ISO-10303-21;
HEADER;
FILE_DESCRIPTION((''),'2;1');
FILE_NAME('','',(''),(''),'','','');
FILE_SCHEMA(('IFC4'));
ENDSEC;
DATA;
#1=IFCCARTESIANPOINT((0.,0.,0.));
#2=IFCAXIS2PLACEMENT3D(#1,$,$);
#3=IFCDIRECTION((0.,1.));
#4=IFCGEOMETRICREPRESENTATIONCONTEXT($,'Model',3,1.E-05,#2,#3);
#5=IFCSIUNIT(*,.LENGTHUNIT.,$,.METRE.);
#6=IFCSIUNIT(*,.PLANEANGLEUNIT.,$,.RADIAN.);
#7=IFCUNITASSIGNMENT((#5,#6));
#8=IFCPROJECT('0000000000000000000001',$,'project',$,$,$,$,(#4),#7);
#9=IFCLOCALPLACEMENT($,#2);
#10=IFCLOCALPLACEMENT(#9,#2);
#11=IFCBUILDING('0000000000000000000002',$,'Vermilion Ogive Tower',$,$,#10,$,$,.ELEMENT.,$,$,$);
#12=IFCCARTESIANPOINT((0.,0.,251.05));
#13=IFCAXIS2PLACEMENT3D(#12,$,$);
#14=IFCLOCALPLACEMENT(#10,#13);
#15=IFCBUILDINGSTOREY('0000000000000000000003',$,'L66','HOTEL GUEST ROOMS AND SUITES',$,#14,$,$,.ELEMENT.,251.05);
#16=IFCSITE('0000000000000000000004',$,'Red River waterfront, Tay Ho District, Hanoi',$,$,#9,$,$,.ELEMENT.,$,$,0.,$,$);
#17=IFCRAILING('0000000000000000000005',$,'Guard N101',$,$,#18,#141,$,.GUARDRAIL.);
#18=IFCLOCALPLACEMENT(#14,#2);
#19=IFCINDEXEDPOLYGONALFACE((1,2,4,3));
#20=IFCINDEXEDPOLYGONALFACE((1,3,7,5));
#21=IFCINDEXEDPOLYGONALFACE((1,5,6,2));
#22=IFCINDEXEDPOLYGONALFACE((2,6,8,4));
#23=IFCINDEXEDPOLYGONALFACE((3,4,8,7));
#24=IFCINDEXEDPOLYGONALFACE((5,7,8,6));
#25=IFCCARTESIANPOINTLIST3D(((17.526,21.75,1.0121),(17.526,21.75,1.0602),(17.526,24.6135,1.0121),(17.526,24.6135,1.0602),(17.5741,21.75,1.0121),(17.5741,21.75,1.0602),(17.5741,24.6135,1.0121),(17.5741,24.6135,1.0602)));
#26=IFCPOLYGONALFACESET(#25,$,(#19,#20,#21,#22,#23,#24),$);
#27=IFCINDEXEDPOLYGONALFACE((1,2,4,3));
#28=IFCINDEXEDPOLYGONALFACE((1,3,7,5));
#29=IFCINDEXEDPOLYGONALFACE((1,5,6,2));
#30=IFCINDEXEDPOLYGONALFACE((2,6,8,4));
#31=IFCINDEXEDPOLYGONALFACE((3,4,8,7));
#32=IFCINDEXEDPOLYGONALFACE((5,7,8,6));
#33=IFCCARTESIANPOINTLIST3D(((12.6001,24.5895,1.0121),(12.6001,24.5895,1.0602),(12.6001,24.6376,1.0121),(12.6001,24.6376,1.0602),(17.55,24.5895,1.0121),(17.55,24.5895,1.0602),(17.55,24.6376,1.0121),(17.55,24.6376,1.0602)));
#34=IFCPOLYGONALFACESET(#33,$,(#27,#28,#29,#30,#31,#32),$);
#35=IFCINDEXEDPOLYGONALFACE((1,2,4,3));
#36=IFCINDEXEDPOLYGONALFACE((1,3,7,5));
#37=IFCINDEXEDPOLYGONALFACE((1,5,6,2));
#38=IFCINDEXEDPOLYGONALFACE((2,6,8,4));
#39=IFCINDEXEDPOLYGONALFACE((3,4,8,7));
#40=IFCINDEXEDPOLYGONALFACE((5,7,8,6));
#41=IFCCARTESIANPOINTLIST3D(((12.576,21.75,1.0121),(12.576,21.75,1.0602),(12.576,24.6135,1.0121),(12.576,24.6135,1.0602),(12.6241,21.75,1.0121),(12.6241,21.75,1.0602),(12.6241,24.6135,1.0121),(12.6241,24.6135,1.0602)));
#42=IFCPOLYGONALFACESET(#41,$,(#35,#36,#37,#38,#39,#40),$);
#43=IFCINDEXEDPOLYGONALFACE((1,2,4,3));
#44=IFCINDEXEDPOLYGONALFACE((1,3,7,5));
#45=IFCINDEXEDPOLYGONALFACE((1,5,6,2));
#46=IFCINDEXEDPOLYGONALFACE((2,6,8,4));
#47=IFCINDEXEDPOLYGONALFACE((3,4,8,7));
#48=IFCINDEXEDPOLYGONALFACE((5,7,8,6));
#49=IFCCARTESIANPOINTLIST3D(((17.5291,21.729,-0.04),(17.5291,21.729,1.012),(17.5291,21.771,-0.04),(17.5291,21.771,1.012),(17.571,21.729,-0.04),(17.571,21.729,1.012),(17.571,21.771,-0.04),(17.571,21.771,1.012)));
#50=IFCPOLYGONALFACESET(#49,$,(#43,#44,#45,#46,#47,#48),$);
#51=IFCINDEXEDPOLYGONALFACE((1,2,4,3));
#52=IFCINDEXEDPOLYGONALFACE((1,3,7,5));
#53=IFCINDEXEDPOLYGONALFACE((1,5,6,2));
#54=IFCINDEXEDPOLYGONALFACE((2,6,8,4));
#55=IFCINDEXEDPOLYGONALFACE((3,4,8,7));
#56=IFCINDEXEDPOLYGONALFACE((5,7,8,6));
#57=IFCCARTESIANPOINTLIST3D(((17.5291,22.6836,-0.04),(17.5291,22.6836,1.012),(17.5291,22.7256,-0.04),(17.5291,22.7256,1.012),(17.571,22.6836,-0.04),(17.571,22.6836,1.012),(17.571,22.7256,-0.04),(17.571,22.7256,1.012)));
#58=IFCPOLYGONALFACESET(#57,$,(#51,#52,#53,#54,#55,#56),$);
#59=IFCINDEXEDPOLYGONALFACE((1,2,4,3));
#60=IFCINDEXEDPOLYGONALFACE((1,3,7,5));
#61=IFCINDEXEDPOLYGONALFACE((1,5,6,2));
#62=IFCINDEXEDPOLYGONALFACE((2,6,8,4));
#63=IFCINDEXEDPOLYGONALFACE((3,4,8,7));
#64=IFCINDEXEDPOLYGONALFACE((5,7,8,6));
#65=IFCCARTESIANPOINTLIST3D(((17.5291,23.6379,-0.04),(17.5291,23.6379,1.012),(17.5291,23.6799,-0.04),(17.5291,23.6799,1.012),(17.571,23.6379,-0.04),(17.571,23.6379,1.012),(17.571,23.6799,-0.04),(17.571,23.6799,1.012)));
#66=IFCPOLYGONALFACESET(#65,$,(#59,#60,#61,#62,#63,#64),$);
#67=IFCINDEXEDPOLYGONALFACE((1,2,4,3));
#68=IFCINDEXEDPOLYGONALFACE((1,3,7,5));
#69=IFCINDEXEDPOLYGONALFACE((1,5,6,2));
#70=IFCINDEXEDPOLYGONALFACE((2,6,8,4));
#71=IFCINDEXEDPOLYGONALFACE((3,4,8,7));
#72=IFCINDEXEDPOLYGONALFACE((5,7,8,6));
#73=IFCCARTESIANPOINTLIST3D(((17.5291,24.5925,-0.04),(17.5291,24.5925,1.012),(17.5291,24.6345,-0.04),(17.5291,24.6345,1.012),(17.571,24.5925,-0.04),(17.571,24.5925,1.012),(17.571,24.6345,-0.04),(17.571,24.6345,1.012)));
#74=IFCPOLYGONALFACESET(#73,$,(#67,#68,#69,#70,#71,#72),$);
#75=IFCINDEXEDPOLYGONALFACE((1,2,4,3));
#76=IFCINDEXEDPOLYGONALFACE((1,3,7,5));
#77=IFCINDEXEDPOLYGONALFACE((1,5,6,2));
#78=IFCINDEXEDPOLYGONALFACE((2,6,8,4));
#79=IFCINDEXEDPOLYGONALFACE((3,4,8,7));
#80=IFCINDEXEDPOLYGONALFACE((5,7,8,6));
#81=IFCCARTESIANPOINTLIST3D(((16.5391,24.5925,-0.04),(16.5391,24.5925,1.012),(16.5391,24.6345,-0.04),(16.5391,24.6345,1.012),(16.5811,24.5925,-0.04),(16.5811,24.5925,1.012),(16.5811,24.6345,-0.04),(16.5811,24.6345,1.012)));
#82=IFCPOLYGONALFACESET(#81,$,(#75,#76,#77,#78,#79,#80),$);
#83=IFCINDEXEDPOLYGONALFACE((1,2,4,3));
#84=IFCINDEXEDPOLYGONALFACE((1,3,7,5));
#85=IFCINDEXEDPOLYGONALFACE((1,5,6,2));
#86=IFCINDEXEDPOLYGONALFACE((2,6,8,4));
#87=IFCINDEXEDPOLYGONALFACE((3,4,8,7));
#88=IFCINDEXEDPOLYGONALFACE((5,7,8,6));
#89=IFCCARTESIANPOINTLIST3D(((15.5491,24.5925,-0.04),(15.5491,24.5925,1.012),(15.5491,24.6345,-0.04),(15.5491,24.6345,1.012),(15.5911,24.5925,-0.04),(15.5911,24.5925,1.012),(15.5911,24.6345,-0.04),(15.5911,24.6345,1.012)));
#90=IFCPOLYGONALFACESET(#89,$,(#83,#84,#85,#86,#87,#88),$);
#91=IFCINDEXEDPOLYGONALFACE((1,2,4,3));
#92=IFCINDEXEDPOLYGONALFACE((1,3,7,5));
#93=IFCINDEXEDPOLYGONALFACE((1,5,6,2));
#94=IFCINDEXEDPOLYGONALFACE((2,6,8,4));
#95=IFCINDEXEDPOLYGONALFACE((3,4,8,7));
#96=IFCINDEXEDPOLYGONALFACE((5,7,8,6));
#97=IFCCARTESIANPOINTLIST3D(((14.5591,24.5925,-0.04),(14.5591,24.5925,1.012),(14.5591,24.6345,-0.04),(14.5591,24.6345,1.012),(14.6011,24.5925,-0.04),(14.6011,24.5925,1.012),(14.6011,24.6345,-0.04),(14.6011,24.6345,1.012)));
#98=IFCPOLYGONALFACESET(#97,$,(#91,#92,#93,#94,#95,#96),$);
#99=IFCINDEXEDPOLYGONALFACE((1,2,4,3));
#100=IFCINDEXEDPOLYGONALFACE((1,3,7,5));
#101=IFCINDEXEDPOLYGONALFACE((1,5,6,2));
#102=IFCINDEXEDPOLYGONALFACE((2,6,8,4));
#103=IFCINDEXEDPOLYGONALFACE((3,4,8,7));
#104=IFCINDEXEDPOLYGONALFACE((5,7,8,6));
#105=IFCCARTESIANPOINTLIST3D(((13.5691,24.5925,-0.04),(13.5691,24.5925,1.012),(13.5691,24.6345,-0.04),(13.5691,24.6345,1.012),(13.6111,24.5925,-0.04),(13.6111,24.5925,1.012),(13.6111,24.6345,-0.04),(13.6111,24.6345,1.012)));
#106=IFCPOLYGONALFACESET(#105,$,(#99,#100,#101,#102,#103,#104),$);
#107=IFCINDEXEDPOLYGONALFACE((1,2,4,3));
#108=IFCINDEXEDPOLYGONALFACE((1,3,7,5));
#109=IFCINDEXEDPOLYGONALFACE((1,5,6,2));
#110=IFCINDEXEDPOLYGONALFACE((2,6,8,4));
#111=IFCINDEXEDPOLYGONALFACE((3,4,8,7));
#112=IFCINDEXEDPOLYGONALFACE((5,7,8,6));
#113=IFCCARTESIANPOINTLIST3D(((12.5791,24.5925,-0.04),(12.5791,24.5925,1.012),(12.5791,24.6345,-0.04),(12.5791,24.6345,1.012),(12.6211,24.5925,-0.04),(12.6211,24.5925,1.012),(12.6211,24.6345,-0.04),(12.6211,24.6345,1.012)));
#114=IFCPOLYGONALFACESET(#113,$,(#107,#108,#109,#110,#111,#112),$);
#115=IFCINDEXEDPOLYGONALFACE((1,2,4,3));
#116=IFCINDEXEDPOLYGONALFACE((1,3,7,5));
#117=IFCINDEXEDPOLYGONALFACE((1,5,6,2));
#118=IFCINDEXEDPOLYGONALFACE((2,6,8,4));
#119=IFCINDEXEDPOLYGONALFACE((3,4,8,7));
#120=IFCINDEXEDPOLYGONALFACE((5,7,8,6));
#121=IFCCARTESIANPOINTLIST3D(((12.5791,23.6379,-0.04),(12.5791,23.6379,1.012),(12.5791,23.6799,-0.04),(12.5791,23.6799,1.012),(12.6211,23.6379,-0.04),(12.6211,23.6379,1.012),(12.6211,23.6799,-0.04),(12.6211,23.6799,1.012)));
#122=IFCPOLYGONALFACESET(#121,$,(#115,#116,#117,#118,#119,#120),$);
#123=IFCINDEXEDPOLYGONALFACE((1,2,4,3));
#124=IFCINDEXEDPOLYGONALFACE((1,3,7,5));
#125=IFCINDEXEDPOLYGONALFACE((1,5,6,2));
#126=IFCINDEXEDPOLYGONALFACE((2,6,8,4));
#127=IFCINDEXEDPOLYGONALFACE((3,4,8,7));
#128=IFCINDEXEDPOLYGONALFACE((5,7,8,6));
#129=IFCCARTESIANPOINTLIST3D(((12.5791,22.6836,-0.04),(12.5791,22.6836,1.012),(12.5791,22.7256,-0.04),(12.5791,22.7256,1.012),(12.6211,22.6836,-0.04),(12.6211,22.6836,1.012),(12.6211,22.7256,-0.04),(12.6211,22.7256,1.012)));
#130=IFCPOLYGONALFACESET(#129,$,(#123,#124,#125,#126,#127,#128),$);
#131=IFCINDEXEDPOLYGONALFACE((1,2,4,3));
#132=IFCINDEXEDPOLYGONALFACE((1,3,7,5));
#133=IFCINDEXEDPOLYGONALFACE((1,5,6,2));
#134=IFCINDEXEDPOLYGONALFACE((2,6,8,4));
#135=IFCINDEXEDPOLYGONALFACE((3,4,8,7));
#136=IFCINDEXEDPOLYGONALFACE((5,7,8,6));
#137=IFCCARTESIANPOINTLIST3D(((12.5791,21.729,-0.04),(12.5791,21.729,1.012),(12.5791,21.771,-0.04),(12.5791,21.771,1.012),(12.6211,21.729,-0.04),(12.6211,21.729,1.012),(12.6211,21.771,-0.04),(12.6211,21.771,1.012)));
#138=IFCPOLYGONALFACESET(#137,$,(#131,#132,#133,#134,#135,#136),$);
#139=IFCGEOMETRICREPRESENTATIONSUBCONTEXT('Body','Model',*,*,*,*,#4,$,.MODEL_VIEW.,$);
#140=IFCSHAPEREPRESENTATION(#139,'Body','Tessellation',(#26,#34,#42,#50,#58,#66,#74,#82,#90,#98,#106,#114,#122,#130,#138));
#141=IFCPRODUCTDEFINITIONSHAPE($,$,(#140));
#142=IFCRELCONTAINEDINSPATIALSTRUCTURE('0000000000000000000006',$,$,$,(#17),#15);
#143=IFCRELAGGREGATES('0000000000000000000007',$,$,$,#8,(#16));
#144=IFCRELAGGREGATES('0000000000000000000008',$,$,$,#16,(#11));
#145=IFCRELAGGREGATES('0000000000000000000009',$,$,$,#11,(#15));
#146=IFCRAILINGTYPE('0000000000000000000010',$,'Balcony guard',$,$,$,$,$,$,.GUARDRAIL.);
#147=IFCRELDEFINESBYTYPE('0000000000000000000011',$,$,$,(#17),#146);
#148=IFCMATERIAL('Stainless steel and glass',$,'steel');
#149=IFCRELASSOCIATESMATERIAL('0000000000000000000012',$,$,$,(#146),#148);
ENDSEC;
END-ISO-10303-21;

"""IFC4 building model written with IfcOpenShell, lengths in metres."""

from ifc_helpers import new_model, si_unit, direction, frame, origin, origin_2d, place, context, subcontext, project, spatial, rectangle, extrude, material, type_object, element, save


model = new_model("IFC4")

# Units and contexts
model_context = context("Model", 3, precision=1e-05, world=origin(), true_north=direction((0.0, 1.0)))
body_context = subcontext(model_context, "Body", "Model", "MODEL_VIEW")
ifc_project = project(units=[si_unit("LENGTHUNIT", "METRE"), si_unit("PLANEANGLEUNIT", "RADIAN")], contexts=[model_context])

# Site, building, storey
site_placement = place(None, origin())
site = spatial("IfcSite", under=ifc_project, at=site_placement, Name="Red River waterfront, Tay Ho District, Hanoi", CompositionType="ELEMENT", RefElevation=0.0)
building_placement = place(site_placement, origin())
building = spatial("IfcBuilding", under=site, at=building_placement, Name="Vermilion Ogive Tower", CompositionType="ELEMENT")
storey_placement = place(building_placement, frame((0.0, 0.0, 251.05)))
storey = spatial("IfcBuildingStorey", under=building, at=storey_placement, Name="L66", Description="HOTEL GUEST ROOMS AND SUITES", CompositionType="ELEMENT", Elevation=251.05)

# Railing
ifc_material_1 = material(Name="Stainless steel and glass", Category="steel")
railing_type_1 = type_object("IfcRailingType", Name="Balcony guard", PredefinedType="GUARDRAIL", material=ifc_material_1)
railing_1_placement = place(storey_placement, frame((17.55, 21.75, -0.04)))
element("IfcRailing", 1, at=railing_1_placement, inside=storey, type_object=railing_type_1, Name="Guard N101", PredefinedType="GUARDRAIL", context=body_context, shape_type="SweptSolid", body=[
    extrude(rectangle(XDim=0.0481, YDim=0.0481, at=origin_2d()), frame((0.0, 0.0, 1.0762), z_axis=(0.0, 1.0, 0.0), x_axis=(-1.0, 0.0, 0.0)), (0.0, 0.0, 1.0), 2.8635),
    extrude(rectangle(XDim=0.0481, YDim=0.0481, at=origin_2d()), frame((0.0, 2.8635, 1.0762), z_axis=(-1.0, 0.0, 0.0), x_axis=(0.0, -1.0, 0.0)), (0.0, 0.0, 1.0), 4.95),
    extrude(rectangle(XDim=0.0481, YDim=0.0481, at=origin_2d()), frame((-4.95, 2.8635, 1.0762), z_axis=(0.0, -1.0, 0.0), x_axis=(1.0, 0.0, 0.0)), (0.0, 0.0, 1.0), 2.8635),
    extrude(rectangle(XDim=0.042, YDim=0.042, at=origin_2d()), origin(), (0.0, 0.0, 1.0), 1.052),
    extrude(rectangle(XDim=0.042, YDim=0.042, at=origin_2d()), frame((0.0, 0.9546, 0.0)), (0.0, 0.0, 1.0), 1.052),
    extrude(rectangle(XDim=0.042, YDim=0.042, at=origin_2d()), frame((0.0, 1.9089, 0.0)), (0.0, 0.0, 1.0), 1.052),
    extrude(rectangle(XDim=0.042, YDim=0.042, at=origin_2d()), frame((0.0, 2.8635, 0.0)), (0.0, 0.0, 1.0), 1.052),
    extrude(rectangle(XDim=0.042, YDim=0.042, at=origin_2d()), frame((-0.99, 2.8635, 0.0)), (0.0, 0.0, 1.0), 1.052),
    extrude(rectangle(XDim=0.042, YDim=0.042, at=origin_2d()), frame((-1.98, 2.8635, 0.0)), (0.0, 0.0, 1.0), 1.052),
    extrude(rectangle(XDim=0.042, YDim=0.042, at=origin_2d()), frame((-2.97, 2.8635, 0.0)), (0.0, 0.0, 1.0), 1.052),
    extrude(rectangle(XDim=0.042, YDim=0.042, at=origin_2d()), frame((-3.96, 2.8635, 0.0)), (0.0, 0.0, 1.0), 1.052),
    extrude(rectangle(XDim=0.042, YDim=0.042, at=origin_2d()), frame((-4.95, 2.8635, 0.0)), (0.0, 0.0, 1.0), 1.052),
    extrude(rectangle(XDim=0.042, YDim=0.042, at=origin_2d()), frame((-4.95, 1.9089, 0.0)), (0.0, 0.0, 1.0), 1.052),
    extrude(rectangle(XDim=0.042, YDim=0.042, at=origin_2d()), frame((-4.95, 0.9546, 0.0)), (0.0, 0.0, 1.0), 1.052),
    extrude(rectangle(XDim=0.042, YDim=0.042, at=origin_2d()), frame((-4.95, 0.0, 0.0)), (0.0, 0.0, 1.0), 1.052),
])

save(model, "model.ifc")
